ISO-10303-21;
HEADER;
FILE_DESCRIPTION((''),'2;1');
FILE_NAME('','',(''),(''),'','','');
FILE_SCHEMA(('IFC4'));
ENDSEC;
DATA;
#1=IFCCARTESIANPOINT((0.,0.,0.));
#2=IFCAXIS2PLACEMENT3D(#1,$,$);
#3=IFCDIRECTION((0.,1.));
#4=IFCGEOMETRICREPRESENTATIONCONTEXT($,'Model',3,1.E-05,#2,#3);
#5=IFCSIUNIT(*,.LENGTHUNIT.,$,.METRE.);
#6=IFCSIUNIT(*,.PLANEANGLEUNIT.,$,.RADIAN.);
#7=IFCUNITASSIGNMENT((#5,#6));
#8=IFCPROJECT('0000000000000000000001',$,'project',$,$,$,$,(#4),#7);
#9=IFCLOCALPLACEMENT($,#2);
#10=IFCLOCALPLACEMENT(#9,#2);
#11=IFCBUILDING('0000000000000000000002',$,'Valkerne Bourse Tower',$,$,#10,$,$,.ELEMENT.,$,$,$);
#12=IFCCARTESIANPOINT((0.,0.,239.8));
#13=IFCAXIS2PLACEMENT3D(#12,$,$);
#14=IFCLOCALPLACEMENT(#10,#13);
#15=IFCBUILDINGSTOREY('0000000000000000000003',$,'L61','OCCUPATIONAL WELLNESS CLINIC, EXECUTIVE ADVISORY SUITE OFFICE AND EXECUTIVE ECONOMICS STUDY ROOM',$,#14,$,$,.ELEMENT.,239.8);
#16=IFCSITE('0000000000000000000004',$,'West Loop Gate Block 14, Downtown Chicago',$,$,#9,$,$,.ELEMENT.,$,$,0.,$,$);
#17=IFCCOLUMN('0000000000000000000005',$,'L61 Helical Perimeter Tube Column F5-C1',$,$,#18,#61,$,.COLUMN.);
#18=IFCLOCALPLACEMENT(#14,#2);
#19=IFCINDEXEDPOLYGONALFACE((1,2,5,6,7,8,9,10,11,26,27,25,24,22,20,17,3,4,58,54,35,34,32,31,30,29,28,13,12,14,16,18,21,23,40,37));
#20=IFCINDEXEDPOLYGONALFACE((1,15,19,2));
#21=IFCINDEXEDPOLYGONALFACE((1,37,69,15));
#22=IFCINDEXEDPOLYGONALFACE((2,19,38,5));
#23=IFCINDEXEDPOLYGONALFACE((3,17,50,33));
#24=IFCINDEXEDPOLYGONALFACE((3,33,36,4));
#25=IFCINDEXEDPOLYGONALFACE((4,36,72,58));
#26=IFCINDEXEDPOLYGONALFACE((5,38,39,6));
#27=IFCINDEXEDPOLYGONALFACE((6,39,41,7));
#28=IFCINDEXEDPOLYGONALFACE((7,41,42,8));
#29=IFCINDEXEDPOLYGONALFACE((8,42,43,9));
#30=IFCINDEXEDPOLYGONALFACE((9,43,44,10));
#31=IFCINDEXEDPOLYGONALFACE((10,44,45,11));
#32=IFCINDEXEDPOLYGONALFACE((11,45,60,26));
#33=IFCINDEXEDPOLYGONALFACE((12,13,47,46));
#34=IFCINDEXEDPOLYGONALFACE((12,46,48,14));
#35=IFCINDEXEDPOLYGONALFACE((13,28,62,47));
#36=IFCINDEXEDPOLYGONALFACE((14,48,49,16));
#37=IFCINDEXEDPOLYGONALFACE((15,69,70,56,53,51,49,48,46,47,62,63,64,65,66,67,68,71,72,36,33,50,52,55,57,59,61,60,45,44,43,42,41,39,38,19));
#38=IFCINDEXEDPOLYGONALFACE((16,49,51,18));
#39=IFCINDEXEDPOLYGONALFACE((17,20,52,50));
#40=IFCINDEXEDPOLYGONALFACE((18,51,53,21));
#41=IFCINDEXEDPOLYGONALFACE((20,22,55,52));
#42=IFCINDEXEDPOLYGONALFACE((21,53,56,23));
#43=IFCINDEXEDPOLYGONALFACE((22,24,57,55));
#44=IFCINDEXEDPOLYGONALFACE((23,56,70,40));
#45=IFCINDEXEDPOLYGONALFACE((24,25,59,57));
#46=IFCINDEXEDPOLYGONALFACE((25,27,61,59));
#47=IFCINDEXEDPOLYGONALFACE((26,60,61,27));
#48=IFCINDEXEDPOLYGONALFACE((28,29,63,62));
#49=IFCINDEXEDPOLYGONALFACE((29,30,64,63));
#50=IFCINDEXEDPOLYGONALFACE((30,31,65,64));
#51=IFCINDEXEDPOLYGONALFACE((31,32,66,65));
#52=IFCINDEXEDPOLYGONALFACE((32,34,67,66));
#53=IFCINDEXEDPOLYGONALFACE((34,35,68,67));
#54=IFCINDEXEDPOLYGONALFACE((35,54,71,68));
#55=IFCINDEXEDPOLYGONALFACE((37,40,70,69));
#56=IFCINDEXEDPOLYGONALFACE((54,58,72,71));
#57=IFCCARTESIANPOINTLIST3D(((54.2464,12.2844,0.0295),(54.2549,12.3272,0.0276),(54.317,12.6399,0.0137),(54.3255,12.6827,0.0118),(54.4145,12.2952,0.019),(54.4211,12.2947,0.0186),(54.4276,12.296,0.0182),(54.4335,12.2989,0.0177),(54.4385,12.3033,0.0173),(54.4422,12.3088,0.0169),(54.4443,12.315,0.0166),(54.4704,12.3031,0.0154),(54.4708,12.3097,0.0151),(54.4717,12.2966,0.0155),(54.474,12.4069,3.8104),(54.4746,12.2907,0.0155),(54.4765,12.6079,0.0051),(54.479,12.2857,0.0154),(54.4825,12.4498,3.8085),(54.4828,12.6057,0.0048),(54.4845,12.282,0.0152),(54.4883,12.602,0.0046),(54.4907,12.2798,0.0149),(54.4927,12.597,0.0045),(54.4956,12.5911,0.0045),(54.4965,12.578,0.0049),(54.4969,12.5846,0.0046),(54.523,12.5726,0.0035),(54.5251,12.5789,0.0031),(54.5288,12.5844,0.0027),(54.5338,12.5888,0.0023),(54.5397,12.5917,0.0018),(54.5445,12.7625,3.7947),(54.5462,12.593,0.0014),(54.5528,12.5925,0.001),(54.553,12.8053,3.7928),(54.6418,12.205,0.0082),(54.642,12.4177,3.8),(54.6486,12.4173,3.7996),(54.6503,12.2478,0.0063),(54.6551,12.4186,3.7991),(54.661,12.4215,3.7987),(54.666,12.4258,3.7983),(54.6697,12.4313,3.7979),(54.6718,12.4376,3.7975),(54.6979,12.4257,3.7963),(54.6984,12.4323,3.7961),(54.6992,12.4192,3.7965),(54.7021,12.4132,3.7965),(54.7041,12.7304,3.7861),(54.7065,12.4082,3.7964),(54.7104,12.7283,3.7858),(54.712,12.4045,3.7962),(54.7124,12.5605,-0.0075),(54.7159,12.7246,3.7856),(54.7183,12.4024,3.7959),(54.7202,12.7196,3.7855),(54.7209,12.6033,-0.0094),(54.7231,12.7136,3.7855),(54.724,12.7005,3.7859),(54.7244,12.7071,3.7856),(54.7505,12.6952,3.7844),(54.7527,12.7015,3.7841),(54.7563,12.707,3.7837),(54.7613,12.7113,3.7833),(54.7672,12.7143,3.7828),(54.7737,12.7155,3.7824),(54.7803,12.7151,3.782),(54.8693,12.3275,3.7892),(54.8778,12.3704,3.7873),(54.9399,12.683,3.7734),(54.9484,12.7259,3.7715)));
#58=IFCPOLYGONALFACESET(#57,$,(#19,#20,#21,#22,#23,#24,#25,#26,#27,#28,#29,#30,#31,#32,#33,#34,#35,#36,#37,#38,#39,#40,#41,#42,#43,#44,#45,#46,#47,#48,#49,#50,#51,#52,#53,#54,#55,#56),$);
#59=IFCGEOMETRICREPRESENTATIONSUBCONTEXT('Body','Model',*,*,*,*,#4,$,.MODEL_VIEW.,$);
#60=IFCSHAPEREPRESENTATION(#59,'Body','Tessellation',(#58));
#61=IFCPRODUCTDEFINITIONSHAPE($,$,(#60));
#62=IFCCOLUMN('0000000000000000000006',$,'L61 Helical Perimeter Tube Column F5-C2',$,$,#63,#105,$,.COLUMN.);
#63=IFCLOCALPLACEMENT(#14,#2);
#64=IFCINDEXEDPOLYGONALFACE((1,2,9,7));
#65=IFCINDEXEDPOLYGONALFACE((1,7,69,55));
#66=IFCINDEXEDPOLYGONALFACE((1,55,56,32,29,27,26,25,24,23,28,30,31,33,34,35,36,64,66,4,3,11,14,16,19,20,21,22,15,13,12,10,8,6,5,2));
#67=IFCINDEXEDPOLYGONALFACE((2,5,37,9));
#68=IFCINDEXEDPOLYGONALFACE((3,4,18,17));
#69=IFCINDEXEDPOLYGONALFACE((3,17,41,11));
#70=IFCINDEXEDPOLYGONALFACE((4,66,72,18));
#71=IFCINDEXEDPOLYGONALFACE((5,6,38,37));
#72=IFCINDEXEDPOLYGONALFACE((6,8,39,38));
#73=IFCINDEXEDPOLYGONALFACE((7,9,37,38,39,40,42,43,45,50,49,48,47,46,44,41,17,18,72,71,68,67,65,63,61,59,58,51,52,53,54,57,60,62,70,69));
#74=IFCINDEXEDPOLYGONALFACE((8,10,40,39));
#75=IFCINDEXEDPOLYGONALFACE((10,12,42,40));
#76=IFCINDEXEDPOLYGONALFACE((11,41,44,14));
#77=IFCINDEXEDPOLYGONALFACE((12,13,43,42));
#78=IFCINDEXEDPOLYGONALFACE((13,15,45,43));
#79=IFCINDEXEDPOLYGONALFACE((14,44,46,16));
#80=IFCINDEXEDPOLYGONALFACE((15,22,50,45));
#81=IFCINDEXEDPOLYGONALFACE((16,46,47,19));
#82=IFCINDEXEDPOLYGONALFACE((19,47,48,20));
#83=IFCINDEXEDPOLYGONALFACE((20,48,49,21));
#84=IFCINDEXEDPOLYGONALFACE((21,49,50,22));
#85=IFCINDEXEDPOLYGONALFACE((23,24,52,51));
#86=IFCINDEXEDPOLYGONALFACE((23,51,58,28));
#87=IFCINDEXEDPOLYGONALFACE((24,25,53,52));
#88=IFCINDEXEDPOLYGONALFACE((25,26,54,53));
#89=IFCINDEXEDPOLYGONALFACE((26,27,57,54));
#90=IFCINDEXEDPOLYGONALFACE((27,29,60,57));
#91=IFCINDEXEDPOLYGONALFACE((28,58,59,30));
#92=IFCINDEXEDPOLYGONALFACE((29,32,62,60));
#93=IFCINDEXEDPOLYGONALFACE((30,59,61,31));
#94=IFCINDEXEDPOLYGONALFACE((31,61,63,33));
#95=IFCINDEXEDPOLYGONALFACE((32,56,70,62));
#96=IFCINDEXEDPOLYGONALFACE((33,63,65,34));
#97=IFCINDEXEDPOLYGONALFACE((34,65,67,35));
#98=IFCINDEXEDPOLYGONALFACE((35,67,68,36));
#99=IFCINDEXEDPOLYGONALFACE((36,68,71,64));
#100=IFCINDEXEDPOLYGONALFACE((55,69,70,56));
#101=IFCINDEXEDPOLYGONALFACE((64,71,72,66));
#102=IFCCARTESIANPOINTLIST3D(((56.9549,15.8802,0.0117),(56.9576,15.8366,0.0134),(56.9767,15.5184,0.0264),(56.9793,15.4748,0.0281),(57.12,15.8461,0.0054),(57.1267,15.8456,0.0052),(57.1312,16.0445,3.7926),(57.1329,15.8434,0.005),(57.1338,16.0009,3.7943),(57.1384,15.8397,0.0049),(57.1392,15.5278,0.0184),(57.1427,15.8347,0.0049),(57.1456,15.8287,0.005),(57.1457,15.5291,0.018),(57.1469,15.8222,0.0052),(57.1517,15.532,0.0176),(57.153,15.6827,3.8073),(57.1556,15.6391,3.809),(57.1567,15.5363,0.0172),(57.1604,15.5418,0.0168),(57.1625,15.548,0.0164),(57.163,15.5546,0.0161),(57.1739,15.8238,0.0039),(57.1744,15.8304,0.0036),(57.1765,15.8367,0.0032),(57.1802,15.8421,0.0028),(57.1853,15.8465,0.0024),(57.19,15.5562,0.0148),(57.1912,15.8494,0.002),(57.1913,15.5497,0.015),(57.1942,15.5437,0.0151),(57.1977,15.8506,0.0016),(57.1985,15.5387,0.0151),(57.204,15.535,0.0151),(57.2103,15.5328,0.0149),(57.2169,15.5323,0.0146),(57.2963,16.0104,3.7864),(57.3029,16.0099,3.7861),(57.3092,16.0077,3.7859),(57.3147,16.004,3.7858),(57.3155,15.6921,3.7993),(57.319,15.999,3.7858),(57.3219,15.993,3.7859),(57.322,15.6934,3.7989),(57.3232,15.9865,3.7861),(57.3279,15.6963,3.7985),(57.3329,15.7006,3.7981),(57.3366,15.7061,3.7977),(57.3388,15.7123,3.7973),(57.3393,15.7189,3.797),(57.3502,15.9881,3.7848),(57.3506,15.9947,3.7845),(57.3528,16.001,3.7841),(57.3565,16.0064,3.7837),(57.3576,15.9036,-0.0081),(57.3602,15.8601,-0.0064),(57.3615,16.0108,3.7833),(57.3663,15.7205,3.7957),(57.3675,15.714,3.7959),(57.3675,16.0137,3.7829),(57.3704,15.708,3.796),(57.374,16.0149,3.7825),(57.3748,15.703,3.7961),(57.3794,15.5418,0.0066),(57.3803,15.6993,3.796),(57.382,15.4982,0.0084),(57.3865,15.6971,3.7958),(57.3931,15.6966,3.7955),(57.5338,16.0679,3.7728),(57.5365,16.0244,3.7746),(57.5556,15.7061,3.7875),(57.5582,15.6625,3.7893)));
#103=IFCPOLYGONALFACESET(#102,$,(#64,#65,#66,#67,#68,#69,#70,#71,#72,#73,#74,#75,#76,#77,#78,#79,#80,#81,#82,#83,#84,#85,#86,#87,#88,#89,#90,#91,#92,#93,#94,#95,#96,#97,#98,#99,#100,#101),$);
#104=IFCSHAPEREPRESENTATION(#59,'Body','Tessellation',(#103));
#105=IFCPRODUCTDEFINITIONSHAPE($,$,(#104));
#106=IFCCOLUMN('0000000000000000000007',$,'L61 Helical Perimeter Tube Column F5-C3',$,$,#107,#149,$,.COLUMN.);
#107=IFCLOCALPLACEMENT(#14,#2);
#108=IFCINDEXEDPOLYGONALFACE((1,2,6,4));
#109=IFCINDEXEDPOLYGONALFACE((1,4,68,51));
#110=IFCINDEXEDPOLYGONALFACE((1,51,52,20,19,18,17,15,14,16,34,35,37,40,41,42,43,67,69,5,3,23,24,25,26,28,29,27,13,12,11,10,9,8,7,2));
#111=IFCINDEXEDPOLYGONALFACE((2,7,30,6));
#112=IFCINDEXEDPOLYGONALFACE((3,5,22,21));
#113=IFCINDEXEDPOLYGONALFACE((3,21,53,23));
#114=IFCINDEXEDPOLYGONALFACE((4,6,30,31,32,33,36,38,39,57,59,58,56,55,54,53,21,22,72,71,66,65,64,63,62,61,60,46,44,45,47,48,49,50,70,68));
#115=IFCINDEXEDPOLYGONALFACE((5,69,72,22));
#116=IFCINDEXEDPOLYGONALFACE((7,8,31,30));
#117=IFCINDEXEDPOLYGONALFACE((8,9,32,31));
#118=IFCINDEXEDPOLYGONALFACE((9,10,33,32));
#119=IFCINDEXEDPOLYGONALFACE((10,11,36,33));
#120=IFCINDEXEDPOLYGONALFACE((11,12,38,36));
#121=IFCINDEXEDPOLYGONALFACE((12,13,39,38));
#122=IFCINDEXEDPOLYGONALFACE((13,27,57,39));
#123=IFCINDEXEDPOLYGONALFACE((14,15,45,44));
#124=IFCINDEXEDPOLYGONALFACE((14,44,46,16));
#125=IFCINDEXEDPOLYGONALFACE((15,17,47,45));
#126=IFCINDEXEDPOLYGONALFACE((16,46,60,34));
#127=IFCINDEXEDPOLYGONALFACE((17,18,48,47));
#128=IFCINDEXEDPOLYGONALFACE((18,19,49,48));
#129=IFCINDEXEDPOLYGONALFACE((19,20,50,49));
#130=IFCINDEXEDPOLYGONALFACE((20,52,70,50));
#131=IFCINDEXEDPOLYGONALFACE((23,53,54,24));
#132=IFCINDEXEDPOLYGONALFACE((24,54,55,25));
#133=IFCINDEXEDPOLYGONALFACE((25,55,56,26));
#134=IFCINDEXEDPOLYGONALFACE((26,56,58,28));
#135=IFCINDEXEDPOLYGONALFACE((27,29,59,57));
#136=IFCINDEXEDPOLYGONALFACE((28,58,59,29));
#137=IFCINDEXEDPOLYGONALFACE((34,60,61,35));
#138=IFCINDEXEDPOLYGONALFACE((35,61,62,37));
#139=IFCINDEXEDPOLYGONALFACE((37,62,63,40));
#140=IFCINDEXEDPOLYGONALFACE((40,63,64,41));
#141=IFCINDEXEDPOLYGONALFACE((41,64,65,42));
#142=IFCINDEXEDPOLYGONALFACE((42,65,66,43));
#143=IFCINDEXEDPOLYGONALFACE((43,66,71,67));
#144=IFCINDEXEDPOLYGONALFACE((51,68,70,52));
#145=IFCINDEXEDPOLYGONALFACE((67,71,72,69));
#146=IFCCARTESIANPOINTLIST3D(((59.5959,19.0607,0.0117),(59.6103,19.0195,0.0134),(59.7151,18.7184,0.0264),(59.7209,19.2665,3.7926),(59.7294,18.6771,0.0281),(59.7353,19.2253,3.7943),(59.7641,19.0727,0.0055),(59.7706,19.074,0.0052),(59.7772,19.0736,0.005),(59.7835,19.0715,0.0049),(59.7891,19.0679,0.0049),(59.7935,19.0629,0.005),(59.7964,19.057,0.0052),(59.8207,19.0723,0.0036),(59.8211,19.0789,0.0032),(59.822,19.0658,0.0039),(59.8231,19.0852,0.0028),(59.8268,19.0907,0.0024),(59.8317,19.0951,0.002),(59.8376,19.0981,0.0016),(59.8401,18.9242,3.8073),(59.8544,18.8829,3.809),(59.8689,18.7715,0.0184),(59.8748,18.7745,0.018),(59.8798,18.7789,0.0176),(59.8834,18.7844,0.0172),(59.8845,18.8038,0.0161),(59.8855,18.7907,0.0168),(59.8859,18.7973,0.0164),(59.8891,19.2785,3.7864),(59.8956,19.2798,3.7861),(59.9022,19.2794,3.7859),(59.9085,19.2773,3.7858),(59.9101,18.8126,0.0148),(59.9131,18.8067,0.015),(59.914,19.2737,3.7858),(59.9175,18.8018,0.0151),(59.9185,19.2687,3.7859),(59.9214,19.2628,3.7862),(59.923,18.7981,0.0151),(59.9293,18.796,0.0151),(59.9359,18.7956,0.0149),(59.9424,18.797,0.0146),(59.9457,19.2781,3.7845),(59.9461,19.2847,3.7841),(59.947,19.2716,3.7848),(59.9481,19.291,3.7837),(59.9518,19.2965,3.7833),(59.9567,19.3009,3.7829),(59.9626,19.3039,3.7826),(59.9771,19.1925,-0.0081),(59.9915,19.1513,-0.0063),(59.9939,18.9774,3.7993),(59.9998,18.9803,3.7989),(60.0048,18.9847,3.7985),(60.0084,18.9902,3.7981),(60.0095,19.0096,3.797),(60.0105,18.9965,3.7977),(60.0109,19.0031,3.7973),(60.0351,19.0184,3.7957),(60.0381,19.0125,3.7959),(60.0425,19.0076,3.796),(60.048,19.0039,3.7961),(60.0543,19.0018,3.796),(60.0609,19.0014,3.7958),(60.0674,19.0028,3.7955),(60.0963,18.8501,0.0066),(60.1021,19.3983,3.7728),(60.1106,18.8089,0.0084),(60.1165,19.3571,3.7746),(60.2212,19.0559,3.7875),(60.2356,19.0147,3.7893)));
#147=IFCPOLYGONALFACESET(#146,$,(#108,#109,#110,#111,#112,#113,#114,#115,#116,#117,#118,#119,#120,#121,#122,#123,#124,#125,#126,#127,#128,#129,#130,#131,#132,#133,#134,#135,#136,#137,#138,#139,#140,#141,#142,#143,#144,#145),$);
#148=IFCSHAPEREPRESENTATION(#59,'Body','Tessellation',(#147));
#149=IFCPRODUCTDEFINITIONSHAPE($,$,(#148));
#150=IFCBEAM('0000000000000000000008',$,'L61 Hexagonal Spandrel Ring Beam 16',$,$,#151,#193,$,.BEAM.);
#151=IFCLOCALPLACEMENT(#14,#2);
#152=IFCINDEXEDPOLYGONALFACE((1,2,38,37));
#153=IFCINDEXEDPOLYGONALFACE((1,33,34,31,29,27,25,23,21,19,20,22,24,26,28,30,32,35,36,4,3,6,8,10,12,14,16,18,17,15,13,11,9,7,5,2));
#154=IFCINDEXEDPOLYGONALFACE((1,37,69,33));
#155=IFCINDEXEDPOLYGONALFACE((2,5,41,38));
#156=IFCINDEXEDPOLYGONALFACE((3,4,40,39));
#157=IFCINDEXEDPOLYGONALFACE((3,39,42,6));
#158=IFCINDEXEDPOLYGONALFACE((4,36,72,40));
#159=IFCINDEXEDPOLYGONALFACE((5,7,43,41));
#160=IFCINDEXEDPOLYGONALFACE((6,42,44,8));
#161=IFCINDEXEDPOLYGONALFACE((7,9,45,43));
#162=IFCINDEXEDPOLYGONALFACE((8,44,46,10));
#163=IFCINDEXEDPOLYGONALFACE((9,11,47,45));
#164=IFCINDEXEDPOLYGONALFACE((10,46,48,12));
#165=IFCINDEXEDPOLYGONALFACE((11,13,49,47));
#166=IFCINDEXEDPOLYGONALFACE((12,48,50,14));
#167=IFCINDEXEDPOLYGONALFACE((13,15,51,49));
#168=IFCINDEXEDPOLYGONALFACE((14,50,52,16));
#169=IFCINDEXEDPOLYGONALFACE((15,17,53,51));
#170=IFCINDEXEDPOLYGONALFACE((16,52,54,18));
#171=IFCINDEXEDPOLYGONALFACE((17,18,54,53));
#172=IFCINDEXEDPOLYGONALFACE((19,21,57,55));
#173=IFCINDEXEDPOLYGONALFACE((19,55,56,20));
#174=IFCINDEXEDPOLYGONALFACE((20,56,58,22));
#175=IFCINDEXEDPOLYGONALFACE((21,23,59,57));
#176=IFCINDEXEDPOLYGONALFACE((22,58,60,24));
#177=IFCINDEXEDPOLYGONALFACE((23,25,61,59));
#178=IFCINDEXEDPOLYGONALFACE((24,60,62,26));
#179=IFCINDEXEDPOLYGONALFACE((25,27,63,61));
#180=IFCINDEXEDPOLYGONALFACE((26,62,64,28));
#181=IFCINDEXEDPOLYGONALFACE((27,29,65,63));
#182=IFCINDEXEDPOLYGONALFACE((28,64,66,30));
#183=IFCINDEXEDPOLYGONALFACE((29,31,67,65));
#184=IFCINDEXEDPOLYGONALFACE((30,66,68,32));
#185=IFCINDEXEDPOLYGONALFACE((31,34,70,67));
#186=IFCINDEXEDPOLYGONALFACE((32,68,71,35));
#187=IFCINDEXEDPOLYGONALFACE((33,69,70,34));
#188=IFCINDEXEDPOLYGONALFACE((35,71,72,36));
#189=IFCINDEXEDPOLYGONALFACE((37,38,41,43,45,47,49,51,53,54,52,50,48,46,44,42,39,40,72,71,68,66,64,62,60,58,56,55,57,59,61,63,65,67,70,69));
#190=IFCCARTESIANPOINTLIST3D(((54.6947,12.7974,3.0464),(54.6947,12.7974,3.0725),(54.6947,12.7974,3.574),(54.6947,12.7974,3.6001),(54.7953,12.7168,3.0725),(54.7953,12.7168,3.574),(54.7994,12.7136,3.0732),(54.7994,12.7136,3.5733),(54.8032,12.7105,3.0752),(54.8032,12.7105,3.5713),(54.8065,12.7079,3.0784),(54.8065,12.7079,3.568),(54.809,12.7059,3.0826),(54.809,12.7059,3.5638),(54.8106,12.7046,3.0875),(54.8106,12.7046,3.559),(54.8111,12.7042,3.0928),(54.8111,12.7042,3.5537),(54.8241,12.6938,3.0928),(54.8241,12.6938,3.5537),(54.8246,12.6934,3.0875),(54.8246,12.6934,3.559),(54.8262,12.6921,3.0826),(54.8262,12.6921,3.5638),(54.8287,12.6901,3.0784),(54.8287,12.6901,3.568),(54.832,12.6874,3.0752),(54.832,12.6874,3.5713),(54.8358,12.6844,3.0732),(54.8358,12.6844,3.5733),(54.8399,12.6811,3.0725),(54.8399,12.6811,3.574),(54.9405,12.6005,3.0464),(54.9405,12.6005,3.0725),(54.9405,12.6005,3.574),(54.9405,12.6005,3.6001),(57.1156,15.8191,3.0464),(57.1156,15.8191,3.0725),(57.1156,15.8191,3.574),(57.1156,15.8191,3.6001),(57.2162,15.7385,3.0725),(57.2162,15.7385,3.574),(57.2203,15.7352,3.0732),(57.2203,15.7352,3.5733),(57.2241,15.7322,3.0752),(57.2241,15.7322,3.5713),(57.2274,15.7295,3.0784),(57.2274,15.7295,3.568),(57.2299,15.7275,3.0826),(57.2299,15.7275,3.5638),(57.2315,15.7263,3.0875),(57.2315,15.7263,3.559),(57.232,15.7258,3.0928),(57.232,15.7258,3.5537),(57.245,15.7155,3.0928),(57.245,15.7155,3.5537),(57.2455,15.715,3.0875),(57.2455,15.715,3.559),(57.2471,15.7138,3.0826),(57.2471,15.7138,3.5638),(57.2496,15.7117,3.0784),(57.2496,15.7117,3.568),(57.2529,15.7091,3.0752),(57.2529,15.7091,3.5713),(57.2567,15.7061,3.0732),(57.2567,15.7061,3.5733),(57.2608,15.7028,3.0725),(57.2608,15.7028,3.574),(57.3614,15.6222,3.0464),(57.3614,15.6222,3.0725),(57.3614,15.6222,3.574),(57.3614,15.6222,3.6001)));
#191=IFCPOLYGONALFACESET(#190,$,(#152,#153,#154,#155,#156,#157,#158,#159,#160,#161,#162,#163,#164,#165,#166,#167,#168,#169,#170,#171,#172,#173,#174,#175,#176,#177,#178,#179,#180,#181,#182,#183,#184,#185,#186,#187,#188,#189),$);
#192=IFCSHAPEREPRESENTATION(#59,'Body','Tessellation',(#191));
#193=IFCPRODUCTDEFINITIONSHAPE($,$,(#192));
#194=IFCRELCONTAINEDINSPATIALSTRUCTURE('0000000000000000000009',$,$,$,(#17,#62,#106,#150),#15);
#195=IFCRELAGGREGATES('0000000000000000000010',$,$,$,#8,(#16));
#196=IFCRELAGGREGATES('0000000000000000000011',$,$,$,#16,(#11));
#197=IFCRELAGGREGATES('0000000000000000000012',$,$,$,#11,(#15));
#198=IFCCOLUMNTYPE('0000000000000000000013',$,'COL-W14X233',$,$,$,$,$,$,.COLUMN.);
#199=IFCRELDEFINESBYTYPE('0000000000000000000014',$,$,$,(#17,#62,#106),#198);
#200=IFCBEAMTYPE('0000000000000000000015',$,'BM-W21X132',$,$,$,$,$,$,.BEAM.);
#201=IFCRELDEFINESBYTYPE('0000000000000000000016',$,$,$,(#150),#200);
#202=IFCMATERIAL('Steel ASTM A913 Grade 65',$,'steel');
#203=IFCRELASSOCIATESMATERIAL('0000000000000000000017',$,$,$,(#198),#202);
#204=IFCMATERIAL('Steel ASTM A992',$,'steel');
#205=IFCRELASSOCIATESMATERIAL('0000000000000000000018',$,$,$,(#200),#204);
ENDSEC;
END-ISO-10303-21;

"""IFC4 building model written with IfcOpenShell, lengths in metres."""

from ifc_helpers import new_model, si_unit, direction, frame, origin, origin_2d, place, context, subcontext, project, spatial, i_section, extrude, material, material_profile, profile_set, type_object, element, save


model = new_model("IFC4")

# Units and contexts
model_context = context("Model", 3, precision=1e-05, world=origin(), true_north=direction((0.0, 1.0)))
body_context = subcontext(model_context, "Body", "Model", "MODEL_VIEW")
ifc_project = project(units=[si_unit("LENGTHUNIT", "METRE"), si_unit("PLANEANGLEUNIT", "RADIAN")], contexts=[model_context])

# Site, building, storey
site_placement = place(None, origin())
site = spatial("IfcSite", under=ifc_project, at=site_placement, Name="West Loop Gate Block 14, Downtown Chicago", CompositionType="ELEMENT", RefElevation=0.0)
building_placement = place(site_placement, origin())
building = spatial("IfcBuilding", under=site, at=building_placement, Name="Valkerne Bourse Tower", CompositionType="ELEMENT")
storey_placement = place(building_placement, frame((0.0, 0.0, 239.8)))
storey = spatial("IfcBuildingStorey", under=building, at=storey_placement, Name="L61", Description="OCCUPATIONAL WELLNESS CLINIC, EXECUTIVE ADVISORY SUITE OFFICE AND EXECUTIVE ECONOMICS STUDY ROOM", CompositionType="ELEMENT", Elevation=239.8)

# Columns
ifc_material_1 = material(Name="Steel ASTM A913 Grade 65", Category="steel")
ifc_material_profile_1 = material_profile(ifc_material_1, i_section(OverallWidth=0.4038, OverallDepth=0.4065, WebThickness=0.0271, FlangeThickness=0.0437, FilletRadius=0.0254, at=origin_2d()), Name="W14X233")
ifc_profile_set_1 = profile_set([ifc_material_profile_1], Name="Steel ASTM A913 Grade 65")
column_type = type_object("IfcColumnType", Name="COL-W14X233", PredefinedType="COLUMN", material=ifc_profile_set_1)
column_placement = place(storey_placement, frame((54.4836, 12.4438, 0.01), z_axis=(0.060039, 0.032339, 0.997672), x_axis=(-0.979063, 0.196658, 0.052545)))
element("IfcColumn", 1, at=column_placement, inside=storey, type_object=column_type, Name="L61 Helical Perimeter Tube Column F5-C1", PredefinedType="COLUMN", context=body_context, shape_type="SweptSolid", body=[
    extrude(i_section(OverallWidth=0.4038, OverallDepth=0.4065, WebThickness=0.0271, FlangeThickness=0.0437, FilletRadius=0.0254, at=origin_2d()), origin(), (0.0, 0.0, 1.0), 3.7898),
])
for number, where, z_axis, x_axis, name in (
    (2, (57.1685, 15.6892, 0.01), (0.046525, 0.043368, 0.997975), (-0.997111, -0.058039, 0.049007), "L61 Helical Perimeter Tube Column F5-C2"),
    (3, (59.8533, 18.9348, 0.01), (0.032993, 0.054323, 0.997978), (-0.943984, -0.326338, 0.048972), "L61 Helical Perimeter Tube Column F5-C3"),
):
    element("IfcColumn", number, at=place(storey_placement, frame(where, z_axis=z_axis, x_axis=x_axis)), inside=storey, type_object=column_type, Name=name, PredefinedType="COLUMN", context=body_context, shape_type="SweptSolid", body=[
        extrude(i_section(OverallWidth=0.4038, OverallDepth=0.4065, WebThickness=0.0271, FlangeThickness=0.0437, FilletRadius=0.0254, at=origin_2d()), origin(), (0.0, 0.0, 1.0), 3.7886),
    ])

# Beam
ifc_material_2 = material(Name="Steel ASTM A992", Category="steel")
ifc_material_profile_2 = material_profile(ifc_material_2, i_section(OverallWidth=0.3149, OverallDepth=0.5537, WebThickness=0.0166, FlangeThickness=0.0261, FilletRadius=0.0203, at=origin_2d()), Name="W21X132")
ifc_profile_set_2 = profile_set([ifc_material_profile_2], Name="Steel ASTM A992")
beam_type = type_object("IfcBeamType", Name="BM-W21X132", PredefinedType="BEAM", material=ifc_profile_set_2)
beam_1_placement = place(storey_placement, frame((54.8176, 12.699, 3.3232), z_axis=(0.625249, 0.780426, 0.0), x_axis=(-0.780426, 0.625249, 0.0)))
element("IfcBeam", 4, at=beam_1_placement, inside=storey, type_object=beam_type, Name="L61 Hexagonal Spandrel Ring Beam 16", PredefinedType="BEAM", context=body_context, shape_type="SweptSolid", body=[
    extrude(i_section(OverallWidth=0.3149, OverallDepth=0.5537, WebThickness=0.0166, FlangeThickness=0.0261, FilletRadius=0.0203, at=origin_2d()), origin(), (0.0, 0.0, 1.0), 3.8718),
])

save(model, "model.ifc")
